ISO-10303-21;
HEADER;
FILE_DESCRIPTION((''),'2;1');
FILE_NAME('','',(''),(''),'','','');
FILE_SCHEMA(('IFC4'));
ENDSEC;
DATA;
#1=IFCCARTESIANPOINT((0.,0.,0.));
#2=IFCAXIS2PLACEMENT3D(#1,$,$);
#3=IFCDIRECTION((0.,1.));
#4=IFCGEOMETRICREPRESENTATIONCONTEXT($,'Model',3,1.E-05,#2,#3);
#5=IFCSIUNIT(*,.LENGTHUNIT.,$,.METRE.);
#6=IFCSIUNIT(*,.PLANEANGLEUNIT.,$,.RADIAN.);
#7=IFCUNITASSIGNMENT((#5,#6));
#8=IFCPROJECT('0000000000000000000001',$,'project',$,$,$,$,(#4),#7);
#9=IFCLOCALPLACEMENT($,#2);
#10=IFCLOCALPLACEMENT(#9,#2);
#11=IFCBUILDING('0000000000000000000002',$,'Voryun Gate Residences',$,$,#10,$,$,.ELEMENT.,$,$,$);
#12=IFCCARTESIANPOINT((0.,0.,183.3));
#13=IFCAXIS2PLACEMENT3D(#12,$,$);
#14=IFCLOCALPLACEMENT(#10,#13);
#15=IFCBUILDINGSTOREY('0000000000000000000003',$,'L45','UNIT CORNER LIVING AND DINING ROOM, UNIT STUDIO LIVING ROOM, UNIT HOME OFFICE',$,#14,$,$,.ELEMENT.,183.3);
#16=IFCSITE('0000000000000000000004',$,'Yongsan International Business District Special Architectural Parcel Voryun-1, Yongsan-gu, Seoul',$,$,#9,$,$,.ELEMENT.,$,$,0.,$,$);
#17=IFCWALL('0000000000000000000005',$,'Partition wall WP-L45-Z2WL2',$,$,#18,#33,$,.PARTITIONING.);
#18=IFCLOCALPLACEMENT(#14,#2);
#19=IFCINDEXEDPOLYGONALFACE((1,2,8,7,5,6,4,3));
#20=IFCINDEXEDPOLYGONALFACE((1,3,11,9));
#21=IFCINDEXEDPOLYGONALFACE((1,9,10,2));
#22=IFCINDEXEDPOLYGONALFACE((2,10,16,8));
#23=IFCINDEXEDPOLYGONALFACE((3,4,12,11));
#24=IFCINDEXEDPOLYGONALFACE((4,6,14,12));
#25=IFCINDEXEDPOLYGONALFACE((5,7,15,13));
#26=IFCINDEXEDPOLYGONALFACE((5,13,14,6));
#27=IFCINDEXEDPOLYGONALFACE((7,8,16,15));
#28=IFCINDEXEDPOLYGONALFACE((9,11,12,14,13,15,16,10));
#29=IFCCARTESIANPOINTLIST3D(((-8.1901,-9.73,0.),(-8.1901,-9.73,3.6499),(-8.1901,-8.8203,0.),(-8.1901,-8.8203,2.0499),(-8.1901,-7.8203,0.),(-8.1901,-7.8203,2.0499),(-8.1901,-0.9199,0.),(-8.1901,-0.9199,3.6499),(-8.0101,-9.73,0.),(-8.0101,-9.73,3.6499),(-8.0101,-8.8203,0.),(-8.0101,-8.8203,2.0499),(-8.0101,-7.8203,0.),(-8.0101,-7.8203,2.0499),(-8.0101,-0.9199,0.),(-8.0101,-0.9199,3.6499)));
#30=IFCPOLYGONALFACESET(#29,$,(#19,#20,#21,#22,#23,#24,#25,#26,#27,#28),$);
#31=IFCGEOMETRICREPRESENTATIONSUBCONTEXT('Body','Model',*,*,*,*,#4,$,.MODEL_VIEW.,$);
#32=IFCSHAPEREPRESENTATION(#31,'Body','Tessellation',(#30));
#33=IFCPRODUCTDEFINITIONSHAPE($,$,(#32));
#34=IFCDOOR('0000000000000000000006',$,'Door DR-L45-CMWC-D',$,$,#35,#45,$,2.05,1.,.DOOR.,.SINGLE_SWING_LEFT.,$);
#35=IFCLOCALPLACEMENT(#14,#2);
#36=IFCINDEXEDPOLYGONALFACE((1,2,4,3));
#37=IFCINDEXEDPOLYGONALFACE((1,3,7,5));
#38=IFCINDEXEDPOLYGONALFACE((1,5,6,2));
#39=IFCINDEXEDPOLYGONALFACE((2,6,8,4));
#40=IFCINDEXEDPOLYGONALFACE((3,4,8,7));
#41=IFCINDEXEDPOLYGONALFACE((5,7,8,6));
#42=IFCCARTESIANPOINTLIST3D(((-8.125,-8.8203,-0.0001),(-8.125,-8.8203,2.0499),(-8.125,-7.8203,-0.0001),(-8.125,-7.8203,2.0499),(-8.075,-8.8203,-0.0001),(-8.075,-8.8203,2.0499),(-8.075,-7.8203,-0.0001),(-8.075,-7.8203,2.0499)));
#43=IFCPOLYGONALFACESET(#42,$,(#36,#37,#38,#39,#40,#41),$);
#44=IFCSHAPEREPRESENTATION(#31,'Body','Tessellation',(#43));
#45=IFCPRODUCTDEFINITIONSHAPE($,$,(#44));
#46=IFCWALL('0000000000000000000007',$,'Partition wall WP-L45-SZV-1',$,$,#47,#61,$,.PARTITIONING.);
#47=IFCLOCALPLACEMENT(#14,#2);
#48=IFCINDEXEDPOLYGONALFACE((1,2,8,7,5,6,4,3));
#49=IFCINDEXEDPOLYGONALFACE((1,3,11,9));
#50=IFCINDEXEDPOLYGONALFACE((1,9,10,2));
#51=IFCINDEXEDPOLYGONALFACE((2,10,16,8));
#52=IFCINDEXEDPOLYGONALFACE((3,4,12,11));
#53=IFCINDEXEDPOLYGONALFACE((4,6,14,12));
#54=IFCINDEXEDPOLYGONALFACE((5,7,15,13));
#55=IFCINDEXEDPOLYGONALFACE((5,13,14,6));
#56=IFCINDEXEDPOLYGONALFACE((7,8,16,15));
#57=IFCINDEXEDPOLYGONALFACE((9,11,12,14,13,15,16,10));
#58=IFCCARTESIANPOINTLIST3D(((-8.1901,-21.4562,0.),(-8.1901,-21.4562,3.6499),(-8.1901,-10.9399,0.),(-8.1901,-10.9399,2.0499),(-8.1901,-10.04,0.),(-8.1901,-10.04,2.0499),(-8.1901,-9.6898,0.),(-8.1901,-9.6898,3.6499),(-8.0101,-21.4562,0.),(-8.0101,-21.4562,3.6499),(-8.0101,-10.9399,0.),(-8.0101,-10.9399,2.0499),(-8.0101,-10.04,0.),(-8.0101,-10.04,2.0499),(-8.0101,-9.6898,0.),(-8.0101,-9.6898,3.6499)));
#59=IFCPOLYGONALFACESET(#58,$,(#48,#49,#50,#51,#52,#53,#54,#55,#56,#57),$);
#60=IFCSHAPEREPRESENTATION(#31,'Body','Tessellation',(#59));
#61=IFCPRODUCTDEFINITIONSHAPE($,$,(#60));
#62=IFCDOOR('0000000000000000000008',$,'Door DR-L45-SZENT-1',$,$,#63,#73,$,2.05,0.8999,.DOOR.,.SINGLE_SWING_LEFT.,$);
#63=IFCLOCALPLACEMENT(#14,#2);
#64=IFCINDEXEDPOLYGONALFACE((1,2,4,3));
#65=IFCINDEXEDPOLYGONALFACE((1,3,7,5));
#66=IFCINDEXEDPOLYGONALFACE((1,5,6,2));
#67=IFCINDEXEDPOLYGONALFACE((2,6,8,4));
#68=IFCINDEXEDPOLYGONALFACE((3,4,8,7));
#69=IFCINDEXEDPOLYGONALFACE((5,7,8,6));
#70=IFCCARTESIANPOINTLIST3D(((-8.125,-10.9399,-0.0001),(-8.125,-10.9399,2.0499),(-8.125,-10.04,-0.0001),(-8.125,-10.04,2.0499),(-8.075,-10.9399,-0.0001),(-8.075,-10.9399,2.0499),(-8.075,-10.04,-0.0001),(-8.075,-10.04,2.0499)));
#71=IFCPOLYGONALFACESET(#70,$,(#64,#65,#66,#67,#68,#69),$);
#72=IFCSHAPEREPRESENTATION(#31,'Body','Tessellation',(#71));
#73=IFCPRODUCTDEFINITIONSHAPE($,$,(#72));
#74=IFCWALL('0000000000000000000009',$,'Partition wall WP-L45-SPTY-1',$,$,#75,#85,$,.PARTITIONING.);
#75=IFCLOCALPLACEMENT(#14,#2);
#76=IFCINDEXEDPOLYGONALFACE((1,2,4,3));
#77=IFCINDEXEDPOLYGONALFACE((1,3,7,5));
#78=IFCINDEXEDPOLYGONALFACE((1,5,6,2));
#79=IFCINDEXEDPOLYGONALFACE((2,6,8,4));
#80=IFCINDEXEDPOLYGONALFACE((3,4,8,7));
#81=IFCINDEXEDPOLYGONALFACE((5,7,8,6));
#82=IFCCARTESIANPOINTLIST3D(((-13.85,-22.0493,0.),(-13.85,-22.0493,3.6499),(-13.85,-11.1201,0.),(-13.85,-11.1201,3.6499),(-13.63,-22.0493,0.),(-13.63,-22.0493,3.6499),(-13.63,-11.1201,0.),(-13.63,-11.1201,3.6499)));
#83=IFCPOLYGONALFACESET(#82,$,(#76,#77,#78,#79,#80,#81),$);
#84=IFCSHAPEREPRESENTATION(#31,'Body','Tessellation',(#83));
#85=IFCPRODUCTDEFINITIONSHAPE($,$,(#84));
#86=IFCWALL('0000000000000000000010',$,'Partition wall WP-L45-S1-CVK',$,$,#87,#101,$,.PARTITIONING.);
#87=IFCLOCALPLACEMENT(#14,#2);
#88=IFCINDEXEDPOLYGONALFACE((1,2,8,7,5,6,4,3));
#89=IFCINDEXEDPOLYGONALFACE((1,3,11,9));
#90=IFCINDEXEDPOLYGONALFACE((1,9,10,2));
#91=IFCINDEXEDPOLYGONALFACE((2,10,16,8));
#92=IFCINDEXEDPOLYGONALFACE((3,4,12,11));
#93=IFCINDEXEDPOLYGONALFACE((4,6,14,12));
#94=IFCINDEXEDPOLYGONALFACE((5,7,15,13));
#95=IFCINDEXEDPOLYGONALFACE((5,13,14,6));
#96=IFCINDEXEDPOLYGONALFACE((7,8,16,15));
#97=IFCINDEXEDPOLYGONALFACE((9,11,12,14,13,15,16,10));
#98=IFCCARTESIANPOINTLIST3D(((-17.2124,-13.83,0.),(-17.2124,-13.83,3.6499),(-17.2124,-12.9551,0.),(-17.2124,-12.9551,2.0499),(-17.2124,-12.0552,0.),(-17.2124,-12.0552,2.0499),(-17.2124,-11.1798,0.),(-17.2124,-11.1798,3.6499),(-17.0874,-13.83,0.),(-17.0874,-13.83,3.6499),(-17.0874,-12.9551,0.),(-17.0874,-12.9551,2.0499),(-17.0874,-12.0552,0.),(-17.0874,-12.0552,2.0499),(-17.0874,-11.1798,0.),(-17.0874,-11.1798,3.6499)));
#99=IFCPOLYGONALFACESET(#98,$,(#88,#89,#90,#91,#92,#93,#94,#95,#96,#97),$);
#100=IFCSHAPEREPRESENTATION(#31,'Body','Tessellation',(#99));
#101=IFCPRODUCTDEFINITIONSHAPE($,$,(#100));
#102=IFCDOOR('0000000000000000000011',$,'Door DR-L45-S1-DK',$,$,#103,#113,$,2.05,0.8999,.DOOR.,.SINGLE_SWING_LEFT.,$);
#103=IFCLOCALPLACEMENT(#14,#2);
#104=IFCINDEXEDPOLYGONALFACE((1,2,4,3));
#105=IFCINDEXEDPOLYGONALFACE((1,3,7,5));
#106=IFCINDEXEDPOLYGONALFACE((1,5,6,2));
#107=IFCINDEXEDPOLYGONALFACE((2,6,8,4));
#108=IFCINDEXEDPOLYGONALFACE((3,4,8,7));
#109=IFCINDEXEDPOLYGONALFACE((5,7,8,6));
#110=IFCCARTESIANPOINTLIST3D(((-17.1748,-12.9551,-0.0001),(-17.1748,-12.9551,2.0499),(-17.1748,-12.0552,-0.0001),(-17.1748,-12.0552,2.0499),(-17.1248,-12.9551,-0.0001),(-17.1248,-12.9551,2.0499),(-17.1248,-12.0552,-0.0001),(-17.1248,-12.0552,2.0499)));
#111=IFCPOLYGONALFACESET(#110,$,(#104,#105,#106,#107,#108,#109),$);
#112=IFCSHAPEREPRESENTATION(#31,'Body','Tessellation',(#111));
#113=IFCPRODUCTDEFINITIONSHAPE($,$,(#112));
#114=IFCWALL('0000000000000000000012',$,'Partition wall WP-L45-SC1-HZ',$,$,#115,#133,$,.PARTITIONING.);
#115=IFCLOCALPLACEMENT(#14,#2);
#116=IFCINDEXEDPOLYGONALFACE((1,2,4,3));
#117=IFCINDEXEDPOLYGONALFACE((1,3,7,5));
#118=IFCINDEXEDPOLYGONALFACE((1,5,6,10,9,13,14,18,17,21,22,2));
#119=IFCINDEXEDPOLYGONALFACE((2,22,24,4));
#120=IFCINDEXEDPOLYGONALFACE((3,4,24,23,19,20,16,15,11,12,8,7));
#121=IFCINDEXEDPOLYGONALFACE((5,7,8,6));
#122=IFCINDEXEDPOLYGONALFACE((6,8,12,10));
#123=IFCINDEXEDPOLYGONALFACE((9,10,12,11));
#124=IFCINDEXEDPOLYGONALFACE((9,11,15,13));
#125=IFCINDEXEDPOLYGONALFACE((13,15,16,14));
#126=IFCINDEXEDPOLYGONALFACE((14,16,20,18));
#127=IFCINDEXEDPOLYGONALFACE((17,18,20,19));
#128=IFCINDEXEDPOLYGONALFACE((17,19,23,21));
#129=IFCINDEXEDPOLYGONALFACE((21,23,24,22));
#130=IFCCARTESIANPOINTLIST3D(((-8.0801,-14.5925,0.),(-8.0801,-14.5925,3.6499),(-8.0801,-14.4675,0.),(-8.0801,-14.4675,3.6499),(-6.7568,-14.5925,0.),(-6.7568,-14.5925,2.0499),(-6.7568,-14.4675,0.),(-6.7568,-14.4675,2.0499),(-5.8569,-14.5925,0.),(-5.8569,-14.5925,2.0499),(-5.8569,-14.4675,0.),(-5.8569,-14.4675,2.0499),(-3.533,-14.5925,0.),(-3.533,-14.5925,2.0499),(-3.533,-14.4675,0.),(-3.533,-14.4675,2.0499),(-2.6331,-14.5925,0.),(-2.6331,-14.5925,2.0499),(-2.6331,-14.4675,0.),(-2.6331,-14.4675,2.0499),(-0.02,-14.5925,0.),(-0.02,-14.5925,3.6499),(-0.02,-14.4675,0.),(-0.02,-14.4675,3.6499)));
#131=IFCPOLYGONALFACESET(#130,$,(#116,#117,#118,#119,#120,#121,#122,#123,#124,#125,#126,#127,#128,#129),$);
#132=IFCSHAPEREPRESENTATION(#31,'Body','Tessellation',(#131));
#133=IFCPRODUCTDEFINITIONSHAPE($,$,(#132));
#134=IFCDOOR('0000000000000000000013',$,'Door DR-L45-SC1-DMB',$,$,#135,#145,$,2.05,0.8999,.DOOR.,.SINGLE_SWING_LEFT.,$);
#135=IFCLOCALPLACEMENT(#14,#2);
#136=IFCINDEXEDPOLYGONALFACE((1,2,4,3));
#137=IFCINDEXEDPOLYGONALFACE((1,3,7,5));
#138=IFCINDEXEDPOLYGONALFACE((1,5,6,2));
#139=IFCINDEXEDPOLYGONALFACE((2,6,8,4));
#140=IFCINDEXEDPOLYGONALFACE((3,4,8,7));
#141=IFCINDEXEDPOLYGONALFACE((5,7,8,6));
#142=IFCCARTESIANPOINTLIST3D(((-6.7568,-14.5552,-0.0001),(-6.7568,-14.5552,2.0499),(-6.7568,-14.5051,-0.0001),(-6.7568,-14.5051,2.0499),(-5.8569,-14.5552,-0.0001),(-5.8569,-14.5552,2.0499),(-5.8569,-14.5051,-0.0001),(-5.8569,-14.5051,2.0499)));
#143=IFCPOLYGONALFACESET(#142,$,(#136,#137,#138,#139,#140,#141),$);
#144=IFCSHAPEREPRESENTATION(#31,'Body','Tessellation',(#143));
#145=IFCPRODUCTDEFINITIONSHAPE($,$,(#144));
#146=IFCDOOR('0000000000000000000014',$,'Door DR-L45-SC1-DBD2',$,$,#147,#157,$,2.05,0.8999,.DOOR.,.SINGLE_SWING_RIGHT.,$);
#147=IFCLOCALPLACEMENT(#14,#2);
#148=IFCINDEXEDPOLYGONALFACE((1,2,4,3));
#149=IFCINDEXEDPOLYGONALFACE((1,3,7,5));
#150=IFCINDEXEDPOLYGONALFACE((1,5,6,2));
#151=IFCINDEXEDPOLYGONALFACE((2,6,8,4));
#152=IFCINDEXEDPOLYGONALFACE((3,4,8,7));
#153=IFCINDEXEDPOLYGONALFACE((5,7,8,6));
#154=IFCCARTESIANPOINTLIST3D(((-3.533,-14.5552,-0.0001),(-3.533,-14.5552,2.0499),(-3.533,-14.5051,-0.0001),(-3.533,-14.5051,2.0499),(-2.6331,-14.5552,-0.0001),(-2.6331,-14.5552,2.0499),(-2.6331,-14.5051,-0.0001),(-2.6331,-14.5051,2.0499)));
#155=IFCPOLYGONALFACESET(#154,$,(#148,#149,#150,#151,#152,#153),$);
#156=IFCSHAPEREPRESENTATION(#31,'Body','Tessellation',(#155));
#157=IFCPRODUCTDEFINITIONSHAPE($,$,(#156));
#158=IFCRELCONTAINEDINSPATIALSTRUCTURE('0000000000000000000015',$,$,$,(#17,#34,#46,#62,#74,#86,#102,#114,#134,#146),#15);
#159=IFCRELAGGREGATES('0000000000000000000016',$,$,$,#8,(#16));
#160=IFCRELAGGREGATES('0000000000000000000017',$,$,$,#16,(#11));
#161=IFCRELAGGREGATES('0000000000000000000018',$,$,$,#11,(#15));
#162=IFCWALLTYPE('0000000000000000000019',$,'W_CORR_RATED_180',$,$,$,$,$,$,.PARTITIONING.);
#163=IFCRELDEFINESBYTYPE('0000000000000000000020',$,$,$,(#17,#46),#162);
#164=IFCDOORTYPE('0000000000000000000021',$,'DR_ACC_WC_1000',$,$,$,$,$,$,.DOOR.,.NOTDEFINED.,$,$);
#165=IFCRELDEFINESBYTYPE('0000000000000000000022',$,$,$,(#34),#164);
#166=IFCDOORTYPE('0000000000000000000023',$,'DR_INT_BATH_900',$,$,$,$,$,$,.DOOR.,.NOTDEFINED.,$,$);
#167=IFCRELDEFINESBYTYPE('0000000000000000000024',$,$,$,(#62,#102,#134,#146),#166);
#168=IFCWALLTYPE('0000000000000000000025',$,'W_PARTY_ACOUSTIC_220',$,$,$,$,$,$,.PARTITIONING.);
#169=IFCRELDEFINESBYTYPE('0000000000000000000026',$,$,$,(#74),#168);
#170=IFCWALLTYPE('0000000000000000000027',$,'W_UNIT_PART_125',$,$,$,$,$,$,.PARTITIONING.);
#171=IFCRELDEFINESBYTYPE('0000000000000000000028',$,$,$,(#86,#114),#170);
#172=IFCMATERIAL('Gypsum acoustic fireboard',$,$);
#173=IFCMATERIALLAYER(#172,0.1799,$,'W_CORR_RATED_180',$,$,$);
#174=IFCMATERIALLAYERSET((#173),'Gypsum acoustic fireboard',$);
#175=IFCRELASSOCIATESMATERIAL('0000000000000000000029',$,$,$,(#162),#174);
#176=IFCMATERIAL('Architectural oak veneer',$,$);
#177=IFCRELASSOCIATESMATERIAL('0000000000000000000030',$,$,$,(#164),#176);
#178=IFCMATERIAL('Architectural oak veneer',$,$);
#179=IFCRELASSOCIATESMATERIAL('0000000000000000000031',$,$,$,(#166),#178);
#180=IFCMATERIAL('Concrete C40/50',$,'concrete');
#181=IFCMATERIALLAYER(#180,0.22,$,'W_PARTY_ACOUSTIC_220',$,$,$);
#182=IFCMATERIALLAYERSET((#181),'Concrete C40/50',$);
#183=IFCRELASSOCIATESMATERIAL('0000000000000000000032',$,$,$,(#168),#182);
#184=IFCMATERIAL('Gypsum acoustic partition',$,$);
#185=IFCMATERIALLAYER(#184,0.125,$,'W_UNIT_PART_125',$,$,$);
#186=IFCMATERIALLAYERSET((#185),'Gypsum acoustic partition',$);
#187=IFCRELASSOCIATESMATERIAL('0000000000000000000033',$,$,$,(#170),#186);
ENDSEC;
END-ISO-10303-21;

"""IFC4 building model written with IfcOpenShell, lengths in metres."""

from ifc_helpers import new_model, si_unit, direction, frame, frame_2d, origin, place, context, subcontext, project, spatial, rectangle, extrude, material, layer, layer_set, type_object, element, fill, save


model = new_model("IFC4")

# Units and contexts
model_context = context("Model", 3, precision=1e-05, world=origin(), true_north=direction((0.0, 1.0)))
body_context = subcontext(model_context, "Body", "Model", "MODEL_VIEW")
ifc_project = project(units=[si_unit("LENGTHUNIT", "METRE"), si_unit("PLANEANGLEUNIT", "RADIAN")], contexts=[model_context])

# Site, building, storey
site_placement = place(None, origin())
site = spatial("IfcSite", under=ifc_project, at=site_placement, Name="Yongsan International Business District Special Architectural Parcel Voryun-1, Yongsan-gu, Seoul", CompositionType="ELEMENT", RefElevation=0.0)
building_placement = place(site_placement, origin())
building = spatial("IfcBuilding", under=site, at=building_placement, Name="Voryun Gate Residences", CompositionType="ELEMENT")
storey_placement = place(building_placement, frame((0.0, 0.0, 183.3)))
storey = spatial("IfcBuildingStorey", under=building, at=storey_placement, Name="L45", Description="UNIT CORNER LIVING AND DINING ROOM, UNIT STUDIO LIVING ROOM, UNIT HOME OFFICE", CompositionType="ELEMENT", Elevation=183.3)

# Shared definitions
ifc_material_1 = material(Name="Gypsum acoustic fireboard")
ifc_layer_1 = layer(ifc_material_1, 0.1799, Name="W_CORR_RATED_180")
ifc_layer_set_1 = layer_set([ifc_layer_1], Name="Gypsum acoustic fireboard")
wall_type_1 = type_object("IfcWallType", Name="W_CORR_RATED_180", PredefinedType="PARTITIONING", material=ifc_layer_set_1)

# Walls, openings, doors
wall_1_placement = place(storey_placement, frame((-8.1001, -9.73, 0.0), z_axis=(0.0, 0.0, 1.0), x_axis=(0.0, 1.0, 0.0)))
wall_1 = element("IfcWall", 1, at=wall_1_placement, inside=storey, type_object=wall_type_1, Name="Partition wall WP-L45-Z2WL2", PredefinedType="PARTITIONING", context=body_context, shape_type="SweptSolid", body=[
    extrude(rectangle(XDim=8.8101, YDim=0.1799, at=frame_2d((4.405, 0.0))), origin(), (0.0, 0.0, 1.0), 3.6499),
])
opening_1_placement = place(wall_1_placement, frame((0.9097, 0.0, 0.0)))
opening_1 = element("IfcOpeningElement", 2, at=opening_1_placement, cuts=wall_1, PredefinedType="OPENING", context=body_context, shape_type="SweptSolid", body=[
    extrude(rectangle(XDim=1.0, YDim=2.05, at=frame_2d((0.5, 1.0249))), frame((0.0, 0.0999, 0.0), z_axis=(0.0, -1.0, 0.0), x_axis=(1.0, 0.0, 0.0)), (0.0, 0.0, 1.0), 0.2),
])
ifc_material_2 = material(Name="Architectural oak veneer")
door_type_1 = type_object("IfcDoorType", Name="DR_ACC_WC_1000", OperationType="NOTDEFINED", PredefinedType="DOOR", material=ifc_material_2)
door_1_placement = place(opening_1_placement, origin())
door_1 = element("IfcDoor", 3, at=door_1_placement, inside=storey, type_object=door_type_1, Name="Door DR-L45-CMWC-D", OperationType="SINGLE_SWING_LEFT", OverallHeight=2.05, OverallWidth=1.0, PredefinedType="DOOR", context=body_context, shape_type="SweptSolid", body=[
    extrude(rectangle(XDim=1.0, YDim=2.05, at=frame_2d((0.5, 1.0249))), frame((0.0, 0.0249, 0.0), z_axis=(0.0, -1.0, 0.0), x_axis=(1.0, 0.0, 0.0)), (0.0, 0.0, 1.0), 0.05),
])
fill(opening_1, door_1)
wall_2_placement = place(storey_placement, frame((-8.1001, -21.4563, 0.0), z_axis=(0.0, 0.0, 1.0), x_axis=(0.0, 1.0, 0.0)))
wall_2 = element("IfcWall", 4, at=wall_2_placement, inside=storey, type_object=wall_type_1, Name="Partition wall WP-L45-SZV-1", PredefinedType="PARTITIONING", context=body_context, shape_type="SweptSolid", body=[
    extrude(rectangle(XDim=11.7664, YDim=0.1799, at=frame_2d((5.8833, 0.0))), origin(), (0.0, 0.0, 1.0), 3.6499),
])
opening_2_placement = place(wall_2_placement, frame((10.5164, 0.0, 0.0)))
opening_2 = element("IfcOpeningElement", 5, at=opening_2_placement, cuts=wall_2, PredefinedType="OPENING", context=body_context, shape_type="SweptSolid", body=[
    extrude(rectangle(XDim=0.8999, YDim=2.05, at=frame_2d((0.45, 1.0249))), frame((0.0, 0.0999, 0.0), z_axis=(0.0, -1.0, 0.0), x_axis=(1.0, 0.0, 0.0)), (0.0, 0.0, 1.0), 0.2),
])
ifc_material_3 = material(Name="Architectural oak veneer")
door_type_2 = type_object("IfcDoorType", Name="DR_INT_BATH_900", OperationType="NOTDEFINED", PredefinedType="DOOR", material=ifc_material_3)
door_2_placement = place(opening_2_placement, origin())
door_2 = element("IfcDoor", 6, at=door_2_placement, inside=storey, type_object=door_type_2, Name="Door DR-L45-SZENT-1", OperationType="SINGLE_SWING_LEFT", OverallHeight=2.05, OverallWidth=0.8999, PredefinedType="DOOR", context=body_context, shape_type="SweptSolid", body=[
    extrude(rectangle(XDim=0.8999, YDim=2.05, at=frame_2d((0.45, 1.0249))), frame((0.0, 0.0249, 0.0), z_axis=(0.0, -1.0, 0.0), x_axis=(1.0, 0.0, 0.0)), (0.0, 0.0, 1.0), 0.05),
])
fill(opening_2, door_2)

# Wall
ifc_material_4 = material(Name="Concrete C40/50", Category="concrete")
ifc_layer_2 = layer(ifc_material_4, 0.22, Name="W_PARTY_ACOUSTIC_220")
ifc_layer_set_2 = layer_set([ifc_layer_2], Name="Concrete C40/50")
wall_type_2 = type_object("IfcWallType", Name="W_PARTY_ACOUSTIC_220", PredefinedType="PARTITIONING", material=ifc_layer_set_2)
wall_3_placement = place(storey_placement, frame((-13.74, -22.0493, 0.0), z_axis=(0.0, 0.0, 1.0), x_axis=(0.0, 1.0, 0.0)))
element("IfcWall", 7, at=wall_3_placement, inside=storey, type_object=wall_type_2, Name="Partition wall WP-L45-SPTY-1", PredefinedType="PARTITIONING", context=body_context, shape_type="SweptSolid", body=[
    extrude(rectangle(XDim=10.9292, YDim=0.22, at=frame_2d((5.4646, 0.0))), origin(), (0.0, 0.0, 1.0), 3.6499),
])

# Wall, opening, door
ifc_material_5 = material(Name="Gypsum acoustic partition")
ifc_layer_3 = layer(ifc_material_5, 0.125, Name="W_UNIT_PART_125")
ifc_layer_set_3 = layer_set([ifc_layer_3], Name="Gypsum acoustic partition")
wall_type_3 = type_object("IfcWallType", Name="W_UNIT_PART_125", PredefinedType="PARTITIONING", material=ifc_layer_set_3)
wall_4_placement = place(storey_placement, frame((-17.1499, -13.8301, 0.0), z_axis=(0.0, 0.0, 1.0), x_axis=(0.0, 1.0, 0.0)))
wall_4 = element("IfcWall", 8, at=wall_4_placement, inside=storey, type_object=wall_type_3, Name="Partition wall WP-L45-S1-CVK", PredefinedType="PARTITIONING", context=body_context, shape_type="SweptSolid", body=[
    extrude(rectangle(XDim=2.6501, YDim=0.125, at=frame_2d((1.3252, 0.0))), origin(), (0.0, 0.0, 1.0), 3.6499),
])
opening_3_placement = place(wall_4_placement, frame((0.875, 0.0, 0.0)))
opening_3 = element("IfcOpeningElement", 9, at=opening_3_placement, cuts=wall_4, PredefinedType="OPENING", context=body_context, shape_type="SweptSolid", body=[
    extrude(rectangle(XDim=0.8999, YDim=2.05, at=frame_2d((0.45, 1.0249))), frame((0.0, 0.0725, 0.0), z_axis=(0.0, -1.0, 0.0), x_axis=(1.0, 0.0, 0.0)), (0.0, 0.0, 1.0), 0.145),
])
door_3_placement = place(opening_3_placement, origin())
door_3 = element("IfcDoor", 10, at=door_3_placement, inside=storey, type_object=door_type_2, Name="Door DR-L45-S1-DK", OperationType="SINGLE_SWING_LEFT", OverallHeight=2.05, OverallWidth=0.8999, PredefinedType="DOOR", context=body_context, shape_type="SweptSolid", body=[
    extrude(rectangle(XDim=0.8999, YDim=2.05, at=frame_2d((0.45, 1.0249))), frame((0.0, 0.0249, 0.0), z_axis=(0.0, -1.0, 0.0), x_axis=(1.0, 0.0, 0.0)), (0.0, 0.0, 1.0), 0.05),
])
fill(opening_3, door_3)

# Wall, openings, doors
wall_5_placement = place(storey_placement, frame((-8.0801, -14.53, 0.0), z_axis=(0.0, 0.0, 1.0), x_axis=(1.0, 0.0, 0.0)))
wall_5 = element("IfcWall", 11, at=wall_5_placement, inside=storey, type_object=wall_type_3, Name="Partition wall WP-L45-SC1-HZ", PredefinedType="PARTITIONING", context=body_context, shape_type="SweptSolid", body=[
    extrude(rectangle(XDim=8.0601, YDim=0.125, at=frame_2d((4.03, 0.0))), origin(), (0.0, 0.0, 1.0), 3.6499),
])
opening_4_placement = place(wall_5_placement, frame((1.3232, 0.0, 0.0)))
opening_4 = element("IfcOpeningElement", 12, at=opening_4_placement, cuts=wall_5, PredefinedType="OPENING", context=body_context, shape_type="SweptSolid", body=[
    extrude(rectangle(XDim=0.8999, YDim=2.05, at=frame_2d((0.45, 1.0249))), frame((0.0, 0.0725, 0.0), z_axis=(0.0, -1.0, 0.0), x_axis=(1.0, 0.0, 0.0)), (0.0, 0.0, 1.0), 0.145),
])
opening_5_placement = place(wall_5_placement, frame((4.5471, 0.0, 0.0)))
opening_5 = element("IfcOpeningElement", 13, at=opening_5_placement, cuts=wall_5, PredefinedType="OPENING", context=body_context, shape_type="SweptSolid", body=[
    extrude(rectangle(XDim=0.8999, YDim=2.05, at=frame_2d((0.45, 1.0249))), frame((0.0, 0.0725, 0.0), z_axis=(0.0, -1.0, 0.0), x_axis=(1.0, 0.0, 0.0)), (0.0, 0.0, 1.0), 0.145),
])
door_4_placement = place(opening_4_placement, origin())
door_4 = element("IfcDoor", 14, at=door_4_placement, inside=storey, type_object=door_type_2, Name="Door DR-L45-SC1-DMB", OperationType="SINGLE_SWING_LEFT", OverallHeight=2.05, OverallWidth=0.8999, PredefinedType="DOOR", context=body_context, shape_type="SweptSolid", body=[
    extrude(rectangle(XDim=0.8999, YDim=2.05, at=frame_2d((0.45, 1.0249))), frame((0.0, 0.0249, 0.0), z_axis=(0.0, -1.0, 0.0), x_axis=(1.0, 0.0, 0.0)), (0.0, 0.0, 1.0), 0.05),
])
fill(opening_4, door_4)
door_5_placement = place(opening_5_placement, origin())
door_5 = element("IfcDoor", 15, at=door_5_placement, inside=storey, type_object=door_type_2, Name="Door DR-L45-SC1-DBD2", OperationType="SINGLE_SWING_RIGHT", OverallHeight=2.05, OverallWidth=0.8999, PredefinedType="DOOR", context=body_context, shape_type="SweptSolid", body=[
    extrude(rectangle(XDim=0.8999, YDim=2.05, at=frame_2d((0.45, 1.0249))), frame((0.0, 0.0249, 0.0), z_axis=(0.0, -1.0, 0.0), x_axis=(1.0, 0.0, 0.0)), (0.0, 0.0, 1.0), 0.05),
])
fill(opening_5, door_5)

save(model, "model.ifc")
